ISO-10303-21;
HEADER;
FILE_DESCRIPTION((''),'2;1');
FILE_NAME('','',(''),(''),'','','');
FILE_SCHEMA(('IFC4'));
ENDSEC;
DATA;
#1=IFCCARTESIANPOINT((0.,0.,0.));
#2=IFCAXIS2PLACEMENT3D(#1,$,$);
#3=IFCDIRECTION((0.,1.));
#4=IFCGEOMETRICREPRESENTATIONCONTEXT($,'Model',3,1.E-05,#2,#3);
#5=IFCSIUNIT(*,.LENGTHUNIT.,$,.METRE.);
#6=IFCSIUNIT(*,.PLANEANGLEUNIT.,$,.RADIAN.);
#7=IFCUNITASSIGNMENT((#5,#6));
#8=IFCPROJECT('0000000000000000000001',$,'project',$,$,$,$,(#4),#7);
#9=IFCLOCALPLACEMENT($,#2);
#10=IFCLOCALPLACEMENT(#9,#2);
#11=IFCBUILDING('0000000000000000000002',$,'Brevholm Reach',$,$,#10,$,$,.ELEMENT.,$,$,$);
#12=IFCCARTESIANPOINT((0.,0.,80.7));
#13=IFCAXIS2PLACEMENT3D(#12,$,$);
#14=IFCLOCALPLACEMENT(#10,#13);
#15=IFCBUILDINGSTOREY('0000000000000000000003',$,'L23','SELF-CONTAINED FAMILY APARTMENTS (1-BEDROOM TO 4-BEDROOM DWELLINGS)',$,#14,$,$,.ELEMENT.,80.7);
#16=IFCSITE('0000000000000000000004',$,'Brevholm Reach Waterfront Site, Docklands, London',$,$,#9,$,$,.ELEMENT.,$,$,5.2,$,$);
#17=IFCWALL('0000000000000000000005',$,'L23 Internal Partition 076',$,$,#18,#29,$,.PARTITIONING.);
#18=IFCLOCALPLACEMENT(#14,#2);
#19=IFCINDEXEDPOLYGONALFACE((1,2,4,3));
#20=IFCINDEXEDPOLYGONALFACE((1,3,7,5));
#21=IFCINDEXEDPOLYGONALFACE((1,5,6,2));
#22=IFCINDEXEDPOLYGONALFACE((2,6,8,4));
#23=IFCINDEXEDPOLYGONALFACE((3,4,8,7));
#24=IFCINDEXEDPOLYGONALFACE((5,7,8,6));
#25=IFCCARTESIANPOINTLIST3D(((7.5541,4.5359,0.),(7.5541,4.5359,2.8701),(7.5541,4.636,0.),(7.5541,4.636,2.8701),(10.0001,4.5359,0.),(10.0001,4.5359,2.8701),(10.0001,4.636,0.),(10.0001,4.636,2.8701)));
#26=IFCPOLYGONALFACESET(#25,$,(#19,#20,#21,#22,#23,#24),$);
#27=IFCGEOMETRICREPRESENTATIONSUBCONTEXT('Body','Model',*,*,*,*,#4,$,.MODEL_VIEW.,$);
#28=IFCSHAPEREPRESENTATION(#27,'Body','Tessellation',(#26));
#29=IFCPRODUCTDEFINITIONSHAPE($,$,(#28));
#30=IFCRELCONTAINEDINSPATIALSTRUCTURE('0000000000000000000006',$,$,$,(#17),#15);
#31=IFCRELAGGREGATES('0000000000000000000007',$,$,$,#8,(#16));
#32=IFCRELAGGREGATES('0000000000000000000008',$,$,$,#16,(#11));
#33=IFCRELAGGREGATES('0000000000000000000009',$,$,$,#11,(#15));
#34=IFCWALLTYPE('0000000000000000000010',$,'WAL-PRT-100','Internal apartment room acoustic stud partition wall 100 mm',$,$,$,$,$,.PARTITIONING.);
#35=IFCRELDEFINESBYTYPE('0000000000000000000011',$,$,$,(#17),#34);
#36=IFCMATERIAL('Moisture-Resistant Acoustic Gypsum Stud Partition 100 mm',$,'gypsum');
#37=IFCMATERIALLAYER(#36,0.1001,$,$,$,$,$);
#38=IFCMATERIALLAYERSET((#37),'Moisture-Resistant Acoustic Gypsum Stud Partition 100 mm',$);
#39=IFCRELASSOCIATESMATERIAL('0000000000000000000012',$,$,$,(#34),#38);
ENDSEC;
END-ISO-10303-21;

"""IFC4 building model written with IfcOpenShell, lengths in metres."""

from ifc_helpers import new_model, si_unit, direction, frame, frame_2d, origin, place, context, subcontext, project, spatial, rectangle, extrude, material, layer, layer_set, type_object, element, save


model = new_model("IFC4")

# Units and contexts
model_context = context("Model", 3, precision=1e-05, world=origin(), true_north=direction((0.0, 1.0)))
body_context = subcontext(model_context, "Body", "Model", "MODEL_VIEW")
ifc_project = project(units=[si_unit("LENGTHUNIT", "METRE"), si_unit("PLANEANGLEUNIT", "RADIAN")], contexts=[model_context])

# Site, building, storey
site_placement = place(None, origin())
site = spatial("IfcSite", under=ifc_project, at=site_placement, Name="Brevholm Reach Waterfront Site, Docklands, London", CompositionType="ELEMENT", RefElevation=5.2)
building_placement = place(site_placement, origin())
building = spatial("IfcBuilding", under=site, at=building_placement, Name="Brevholm Reach", CompositionType="ELEMENT")
storey_placement = place(building_placement, frame((0.0, 0.0, 80.7)))
storey = spatial("IfcBuildingStorey", under=building, at=storey_placement, Name="L23", Description="SELF-CONTAINED FAMILY APARTMENTS (1-BEDROOM TO 4-BEDROOM DWELLINGS)", CompositionType="ELEMENT", Elevation=80.7)

# Shared definitions
ifc_material_1 = material(Name="Moisture-Resistant Acoustic Gypsum Stud Partition 100 mm", Category="gypsum")
ifc_layer_1 = layer(ifc_material_1, 0.1001)
ifc_layer_set_1 = layer_set([ifc_layer_1], Name="Moisture-Resistant Acoustic Gypsum Stud Partition 100 mm")
wall_type_1 = type_object("IfcWallType", Name="WAL-PRT-100", Description="Internal apartment room acoustic stud partition wall 100 mm", PredefinedType="PARTITIONING", material=ifc_layer_set_1)

# Wall
wall_1_placement = place(storey_placement, frame((7.554, 4.5859, 0.0), z_axis=(0.0, 0.0, 1.0), x_axis=(1.0, 0.0, 0.0)))
element("IfcWall", 1, at=wall_1_placement, inside=storey, type_object=wall_type_1, Name="L23 Internal Partition 076", PredefinedType="PARTITIONING", context=body_context, shape_type="SweptSolid", body=[
    extrude(rectangle(XDim=2.446, YDim=0.1001, at=frame_2d((1.2231, 0.0))), origin(), (0.0, 0.0, 1.0), 2.8701),
])

save(model, "model.ifc")
